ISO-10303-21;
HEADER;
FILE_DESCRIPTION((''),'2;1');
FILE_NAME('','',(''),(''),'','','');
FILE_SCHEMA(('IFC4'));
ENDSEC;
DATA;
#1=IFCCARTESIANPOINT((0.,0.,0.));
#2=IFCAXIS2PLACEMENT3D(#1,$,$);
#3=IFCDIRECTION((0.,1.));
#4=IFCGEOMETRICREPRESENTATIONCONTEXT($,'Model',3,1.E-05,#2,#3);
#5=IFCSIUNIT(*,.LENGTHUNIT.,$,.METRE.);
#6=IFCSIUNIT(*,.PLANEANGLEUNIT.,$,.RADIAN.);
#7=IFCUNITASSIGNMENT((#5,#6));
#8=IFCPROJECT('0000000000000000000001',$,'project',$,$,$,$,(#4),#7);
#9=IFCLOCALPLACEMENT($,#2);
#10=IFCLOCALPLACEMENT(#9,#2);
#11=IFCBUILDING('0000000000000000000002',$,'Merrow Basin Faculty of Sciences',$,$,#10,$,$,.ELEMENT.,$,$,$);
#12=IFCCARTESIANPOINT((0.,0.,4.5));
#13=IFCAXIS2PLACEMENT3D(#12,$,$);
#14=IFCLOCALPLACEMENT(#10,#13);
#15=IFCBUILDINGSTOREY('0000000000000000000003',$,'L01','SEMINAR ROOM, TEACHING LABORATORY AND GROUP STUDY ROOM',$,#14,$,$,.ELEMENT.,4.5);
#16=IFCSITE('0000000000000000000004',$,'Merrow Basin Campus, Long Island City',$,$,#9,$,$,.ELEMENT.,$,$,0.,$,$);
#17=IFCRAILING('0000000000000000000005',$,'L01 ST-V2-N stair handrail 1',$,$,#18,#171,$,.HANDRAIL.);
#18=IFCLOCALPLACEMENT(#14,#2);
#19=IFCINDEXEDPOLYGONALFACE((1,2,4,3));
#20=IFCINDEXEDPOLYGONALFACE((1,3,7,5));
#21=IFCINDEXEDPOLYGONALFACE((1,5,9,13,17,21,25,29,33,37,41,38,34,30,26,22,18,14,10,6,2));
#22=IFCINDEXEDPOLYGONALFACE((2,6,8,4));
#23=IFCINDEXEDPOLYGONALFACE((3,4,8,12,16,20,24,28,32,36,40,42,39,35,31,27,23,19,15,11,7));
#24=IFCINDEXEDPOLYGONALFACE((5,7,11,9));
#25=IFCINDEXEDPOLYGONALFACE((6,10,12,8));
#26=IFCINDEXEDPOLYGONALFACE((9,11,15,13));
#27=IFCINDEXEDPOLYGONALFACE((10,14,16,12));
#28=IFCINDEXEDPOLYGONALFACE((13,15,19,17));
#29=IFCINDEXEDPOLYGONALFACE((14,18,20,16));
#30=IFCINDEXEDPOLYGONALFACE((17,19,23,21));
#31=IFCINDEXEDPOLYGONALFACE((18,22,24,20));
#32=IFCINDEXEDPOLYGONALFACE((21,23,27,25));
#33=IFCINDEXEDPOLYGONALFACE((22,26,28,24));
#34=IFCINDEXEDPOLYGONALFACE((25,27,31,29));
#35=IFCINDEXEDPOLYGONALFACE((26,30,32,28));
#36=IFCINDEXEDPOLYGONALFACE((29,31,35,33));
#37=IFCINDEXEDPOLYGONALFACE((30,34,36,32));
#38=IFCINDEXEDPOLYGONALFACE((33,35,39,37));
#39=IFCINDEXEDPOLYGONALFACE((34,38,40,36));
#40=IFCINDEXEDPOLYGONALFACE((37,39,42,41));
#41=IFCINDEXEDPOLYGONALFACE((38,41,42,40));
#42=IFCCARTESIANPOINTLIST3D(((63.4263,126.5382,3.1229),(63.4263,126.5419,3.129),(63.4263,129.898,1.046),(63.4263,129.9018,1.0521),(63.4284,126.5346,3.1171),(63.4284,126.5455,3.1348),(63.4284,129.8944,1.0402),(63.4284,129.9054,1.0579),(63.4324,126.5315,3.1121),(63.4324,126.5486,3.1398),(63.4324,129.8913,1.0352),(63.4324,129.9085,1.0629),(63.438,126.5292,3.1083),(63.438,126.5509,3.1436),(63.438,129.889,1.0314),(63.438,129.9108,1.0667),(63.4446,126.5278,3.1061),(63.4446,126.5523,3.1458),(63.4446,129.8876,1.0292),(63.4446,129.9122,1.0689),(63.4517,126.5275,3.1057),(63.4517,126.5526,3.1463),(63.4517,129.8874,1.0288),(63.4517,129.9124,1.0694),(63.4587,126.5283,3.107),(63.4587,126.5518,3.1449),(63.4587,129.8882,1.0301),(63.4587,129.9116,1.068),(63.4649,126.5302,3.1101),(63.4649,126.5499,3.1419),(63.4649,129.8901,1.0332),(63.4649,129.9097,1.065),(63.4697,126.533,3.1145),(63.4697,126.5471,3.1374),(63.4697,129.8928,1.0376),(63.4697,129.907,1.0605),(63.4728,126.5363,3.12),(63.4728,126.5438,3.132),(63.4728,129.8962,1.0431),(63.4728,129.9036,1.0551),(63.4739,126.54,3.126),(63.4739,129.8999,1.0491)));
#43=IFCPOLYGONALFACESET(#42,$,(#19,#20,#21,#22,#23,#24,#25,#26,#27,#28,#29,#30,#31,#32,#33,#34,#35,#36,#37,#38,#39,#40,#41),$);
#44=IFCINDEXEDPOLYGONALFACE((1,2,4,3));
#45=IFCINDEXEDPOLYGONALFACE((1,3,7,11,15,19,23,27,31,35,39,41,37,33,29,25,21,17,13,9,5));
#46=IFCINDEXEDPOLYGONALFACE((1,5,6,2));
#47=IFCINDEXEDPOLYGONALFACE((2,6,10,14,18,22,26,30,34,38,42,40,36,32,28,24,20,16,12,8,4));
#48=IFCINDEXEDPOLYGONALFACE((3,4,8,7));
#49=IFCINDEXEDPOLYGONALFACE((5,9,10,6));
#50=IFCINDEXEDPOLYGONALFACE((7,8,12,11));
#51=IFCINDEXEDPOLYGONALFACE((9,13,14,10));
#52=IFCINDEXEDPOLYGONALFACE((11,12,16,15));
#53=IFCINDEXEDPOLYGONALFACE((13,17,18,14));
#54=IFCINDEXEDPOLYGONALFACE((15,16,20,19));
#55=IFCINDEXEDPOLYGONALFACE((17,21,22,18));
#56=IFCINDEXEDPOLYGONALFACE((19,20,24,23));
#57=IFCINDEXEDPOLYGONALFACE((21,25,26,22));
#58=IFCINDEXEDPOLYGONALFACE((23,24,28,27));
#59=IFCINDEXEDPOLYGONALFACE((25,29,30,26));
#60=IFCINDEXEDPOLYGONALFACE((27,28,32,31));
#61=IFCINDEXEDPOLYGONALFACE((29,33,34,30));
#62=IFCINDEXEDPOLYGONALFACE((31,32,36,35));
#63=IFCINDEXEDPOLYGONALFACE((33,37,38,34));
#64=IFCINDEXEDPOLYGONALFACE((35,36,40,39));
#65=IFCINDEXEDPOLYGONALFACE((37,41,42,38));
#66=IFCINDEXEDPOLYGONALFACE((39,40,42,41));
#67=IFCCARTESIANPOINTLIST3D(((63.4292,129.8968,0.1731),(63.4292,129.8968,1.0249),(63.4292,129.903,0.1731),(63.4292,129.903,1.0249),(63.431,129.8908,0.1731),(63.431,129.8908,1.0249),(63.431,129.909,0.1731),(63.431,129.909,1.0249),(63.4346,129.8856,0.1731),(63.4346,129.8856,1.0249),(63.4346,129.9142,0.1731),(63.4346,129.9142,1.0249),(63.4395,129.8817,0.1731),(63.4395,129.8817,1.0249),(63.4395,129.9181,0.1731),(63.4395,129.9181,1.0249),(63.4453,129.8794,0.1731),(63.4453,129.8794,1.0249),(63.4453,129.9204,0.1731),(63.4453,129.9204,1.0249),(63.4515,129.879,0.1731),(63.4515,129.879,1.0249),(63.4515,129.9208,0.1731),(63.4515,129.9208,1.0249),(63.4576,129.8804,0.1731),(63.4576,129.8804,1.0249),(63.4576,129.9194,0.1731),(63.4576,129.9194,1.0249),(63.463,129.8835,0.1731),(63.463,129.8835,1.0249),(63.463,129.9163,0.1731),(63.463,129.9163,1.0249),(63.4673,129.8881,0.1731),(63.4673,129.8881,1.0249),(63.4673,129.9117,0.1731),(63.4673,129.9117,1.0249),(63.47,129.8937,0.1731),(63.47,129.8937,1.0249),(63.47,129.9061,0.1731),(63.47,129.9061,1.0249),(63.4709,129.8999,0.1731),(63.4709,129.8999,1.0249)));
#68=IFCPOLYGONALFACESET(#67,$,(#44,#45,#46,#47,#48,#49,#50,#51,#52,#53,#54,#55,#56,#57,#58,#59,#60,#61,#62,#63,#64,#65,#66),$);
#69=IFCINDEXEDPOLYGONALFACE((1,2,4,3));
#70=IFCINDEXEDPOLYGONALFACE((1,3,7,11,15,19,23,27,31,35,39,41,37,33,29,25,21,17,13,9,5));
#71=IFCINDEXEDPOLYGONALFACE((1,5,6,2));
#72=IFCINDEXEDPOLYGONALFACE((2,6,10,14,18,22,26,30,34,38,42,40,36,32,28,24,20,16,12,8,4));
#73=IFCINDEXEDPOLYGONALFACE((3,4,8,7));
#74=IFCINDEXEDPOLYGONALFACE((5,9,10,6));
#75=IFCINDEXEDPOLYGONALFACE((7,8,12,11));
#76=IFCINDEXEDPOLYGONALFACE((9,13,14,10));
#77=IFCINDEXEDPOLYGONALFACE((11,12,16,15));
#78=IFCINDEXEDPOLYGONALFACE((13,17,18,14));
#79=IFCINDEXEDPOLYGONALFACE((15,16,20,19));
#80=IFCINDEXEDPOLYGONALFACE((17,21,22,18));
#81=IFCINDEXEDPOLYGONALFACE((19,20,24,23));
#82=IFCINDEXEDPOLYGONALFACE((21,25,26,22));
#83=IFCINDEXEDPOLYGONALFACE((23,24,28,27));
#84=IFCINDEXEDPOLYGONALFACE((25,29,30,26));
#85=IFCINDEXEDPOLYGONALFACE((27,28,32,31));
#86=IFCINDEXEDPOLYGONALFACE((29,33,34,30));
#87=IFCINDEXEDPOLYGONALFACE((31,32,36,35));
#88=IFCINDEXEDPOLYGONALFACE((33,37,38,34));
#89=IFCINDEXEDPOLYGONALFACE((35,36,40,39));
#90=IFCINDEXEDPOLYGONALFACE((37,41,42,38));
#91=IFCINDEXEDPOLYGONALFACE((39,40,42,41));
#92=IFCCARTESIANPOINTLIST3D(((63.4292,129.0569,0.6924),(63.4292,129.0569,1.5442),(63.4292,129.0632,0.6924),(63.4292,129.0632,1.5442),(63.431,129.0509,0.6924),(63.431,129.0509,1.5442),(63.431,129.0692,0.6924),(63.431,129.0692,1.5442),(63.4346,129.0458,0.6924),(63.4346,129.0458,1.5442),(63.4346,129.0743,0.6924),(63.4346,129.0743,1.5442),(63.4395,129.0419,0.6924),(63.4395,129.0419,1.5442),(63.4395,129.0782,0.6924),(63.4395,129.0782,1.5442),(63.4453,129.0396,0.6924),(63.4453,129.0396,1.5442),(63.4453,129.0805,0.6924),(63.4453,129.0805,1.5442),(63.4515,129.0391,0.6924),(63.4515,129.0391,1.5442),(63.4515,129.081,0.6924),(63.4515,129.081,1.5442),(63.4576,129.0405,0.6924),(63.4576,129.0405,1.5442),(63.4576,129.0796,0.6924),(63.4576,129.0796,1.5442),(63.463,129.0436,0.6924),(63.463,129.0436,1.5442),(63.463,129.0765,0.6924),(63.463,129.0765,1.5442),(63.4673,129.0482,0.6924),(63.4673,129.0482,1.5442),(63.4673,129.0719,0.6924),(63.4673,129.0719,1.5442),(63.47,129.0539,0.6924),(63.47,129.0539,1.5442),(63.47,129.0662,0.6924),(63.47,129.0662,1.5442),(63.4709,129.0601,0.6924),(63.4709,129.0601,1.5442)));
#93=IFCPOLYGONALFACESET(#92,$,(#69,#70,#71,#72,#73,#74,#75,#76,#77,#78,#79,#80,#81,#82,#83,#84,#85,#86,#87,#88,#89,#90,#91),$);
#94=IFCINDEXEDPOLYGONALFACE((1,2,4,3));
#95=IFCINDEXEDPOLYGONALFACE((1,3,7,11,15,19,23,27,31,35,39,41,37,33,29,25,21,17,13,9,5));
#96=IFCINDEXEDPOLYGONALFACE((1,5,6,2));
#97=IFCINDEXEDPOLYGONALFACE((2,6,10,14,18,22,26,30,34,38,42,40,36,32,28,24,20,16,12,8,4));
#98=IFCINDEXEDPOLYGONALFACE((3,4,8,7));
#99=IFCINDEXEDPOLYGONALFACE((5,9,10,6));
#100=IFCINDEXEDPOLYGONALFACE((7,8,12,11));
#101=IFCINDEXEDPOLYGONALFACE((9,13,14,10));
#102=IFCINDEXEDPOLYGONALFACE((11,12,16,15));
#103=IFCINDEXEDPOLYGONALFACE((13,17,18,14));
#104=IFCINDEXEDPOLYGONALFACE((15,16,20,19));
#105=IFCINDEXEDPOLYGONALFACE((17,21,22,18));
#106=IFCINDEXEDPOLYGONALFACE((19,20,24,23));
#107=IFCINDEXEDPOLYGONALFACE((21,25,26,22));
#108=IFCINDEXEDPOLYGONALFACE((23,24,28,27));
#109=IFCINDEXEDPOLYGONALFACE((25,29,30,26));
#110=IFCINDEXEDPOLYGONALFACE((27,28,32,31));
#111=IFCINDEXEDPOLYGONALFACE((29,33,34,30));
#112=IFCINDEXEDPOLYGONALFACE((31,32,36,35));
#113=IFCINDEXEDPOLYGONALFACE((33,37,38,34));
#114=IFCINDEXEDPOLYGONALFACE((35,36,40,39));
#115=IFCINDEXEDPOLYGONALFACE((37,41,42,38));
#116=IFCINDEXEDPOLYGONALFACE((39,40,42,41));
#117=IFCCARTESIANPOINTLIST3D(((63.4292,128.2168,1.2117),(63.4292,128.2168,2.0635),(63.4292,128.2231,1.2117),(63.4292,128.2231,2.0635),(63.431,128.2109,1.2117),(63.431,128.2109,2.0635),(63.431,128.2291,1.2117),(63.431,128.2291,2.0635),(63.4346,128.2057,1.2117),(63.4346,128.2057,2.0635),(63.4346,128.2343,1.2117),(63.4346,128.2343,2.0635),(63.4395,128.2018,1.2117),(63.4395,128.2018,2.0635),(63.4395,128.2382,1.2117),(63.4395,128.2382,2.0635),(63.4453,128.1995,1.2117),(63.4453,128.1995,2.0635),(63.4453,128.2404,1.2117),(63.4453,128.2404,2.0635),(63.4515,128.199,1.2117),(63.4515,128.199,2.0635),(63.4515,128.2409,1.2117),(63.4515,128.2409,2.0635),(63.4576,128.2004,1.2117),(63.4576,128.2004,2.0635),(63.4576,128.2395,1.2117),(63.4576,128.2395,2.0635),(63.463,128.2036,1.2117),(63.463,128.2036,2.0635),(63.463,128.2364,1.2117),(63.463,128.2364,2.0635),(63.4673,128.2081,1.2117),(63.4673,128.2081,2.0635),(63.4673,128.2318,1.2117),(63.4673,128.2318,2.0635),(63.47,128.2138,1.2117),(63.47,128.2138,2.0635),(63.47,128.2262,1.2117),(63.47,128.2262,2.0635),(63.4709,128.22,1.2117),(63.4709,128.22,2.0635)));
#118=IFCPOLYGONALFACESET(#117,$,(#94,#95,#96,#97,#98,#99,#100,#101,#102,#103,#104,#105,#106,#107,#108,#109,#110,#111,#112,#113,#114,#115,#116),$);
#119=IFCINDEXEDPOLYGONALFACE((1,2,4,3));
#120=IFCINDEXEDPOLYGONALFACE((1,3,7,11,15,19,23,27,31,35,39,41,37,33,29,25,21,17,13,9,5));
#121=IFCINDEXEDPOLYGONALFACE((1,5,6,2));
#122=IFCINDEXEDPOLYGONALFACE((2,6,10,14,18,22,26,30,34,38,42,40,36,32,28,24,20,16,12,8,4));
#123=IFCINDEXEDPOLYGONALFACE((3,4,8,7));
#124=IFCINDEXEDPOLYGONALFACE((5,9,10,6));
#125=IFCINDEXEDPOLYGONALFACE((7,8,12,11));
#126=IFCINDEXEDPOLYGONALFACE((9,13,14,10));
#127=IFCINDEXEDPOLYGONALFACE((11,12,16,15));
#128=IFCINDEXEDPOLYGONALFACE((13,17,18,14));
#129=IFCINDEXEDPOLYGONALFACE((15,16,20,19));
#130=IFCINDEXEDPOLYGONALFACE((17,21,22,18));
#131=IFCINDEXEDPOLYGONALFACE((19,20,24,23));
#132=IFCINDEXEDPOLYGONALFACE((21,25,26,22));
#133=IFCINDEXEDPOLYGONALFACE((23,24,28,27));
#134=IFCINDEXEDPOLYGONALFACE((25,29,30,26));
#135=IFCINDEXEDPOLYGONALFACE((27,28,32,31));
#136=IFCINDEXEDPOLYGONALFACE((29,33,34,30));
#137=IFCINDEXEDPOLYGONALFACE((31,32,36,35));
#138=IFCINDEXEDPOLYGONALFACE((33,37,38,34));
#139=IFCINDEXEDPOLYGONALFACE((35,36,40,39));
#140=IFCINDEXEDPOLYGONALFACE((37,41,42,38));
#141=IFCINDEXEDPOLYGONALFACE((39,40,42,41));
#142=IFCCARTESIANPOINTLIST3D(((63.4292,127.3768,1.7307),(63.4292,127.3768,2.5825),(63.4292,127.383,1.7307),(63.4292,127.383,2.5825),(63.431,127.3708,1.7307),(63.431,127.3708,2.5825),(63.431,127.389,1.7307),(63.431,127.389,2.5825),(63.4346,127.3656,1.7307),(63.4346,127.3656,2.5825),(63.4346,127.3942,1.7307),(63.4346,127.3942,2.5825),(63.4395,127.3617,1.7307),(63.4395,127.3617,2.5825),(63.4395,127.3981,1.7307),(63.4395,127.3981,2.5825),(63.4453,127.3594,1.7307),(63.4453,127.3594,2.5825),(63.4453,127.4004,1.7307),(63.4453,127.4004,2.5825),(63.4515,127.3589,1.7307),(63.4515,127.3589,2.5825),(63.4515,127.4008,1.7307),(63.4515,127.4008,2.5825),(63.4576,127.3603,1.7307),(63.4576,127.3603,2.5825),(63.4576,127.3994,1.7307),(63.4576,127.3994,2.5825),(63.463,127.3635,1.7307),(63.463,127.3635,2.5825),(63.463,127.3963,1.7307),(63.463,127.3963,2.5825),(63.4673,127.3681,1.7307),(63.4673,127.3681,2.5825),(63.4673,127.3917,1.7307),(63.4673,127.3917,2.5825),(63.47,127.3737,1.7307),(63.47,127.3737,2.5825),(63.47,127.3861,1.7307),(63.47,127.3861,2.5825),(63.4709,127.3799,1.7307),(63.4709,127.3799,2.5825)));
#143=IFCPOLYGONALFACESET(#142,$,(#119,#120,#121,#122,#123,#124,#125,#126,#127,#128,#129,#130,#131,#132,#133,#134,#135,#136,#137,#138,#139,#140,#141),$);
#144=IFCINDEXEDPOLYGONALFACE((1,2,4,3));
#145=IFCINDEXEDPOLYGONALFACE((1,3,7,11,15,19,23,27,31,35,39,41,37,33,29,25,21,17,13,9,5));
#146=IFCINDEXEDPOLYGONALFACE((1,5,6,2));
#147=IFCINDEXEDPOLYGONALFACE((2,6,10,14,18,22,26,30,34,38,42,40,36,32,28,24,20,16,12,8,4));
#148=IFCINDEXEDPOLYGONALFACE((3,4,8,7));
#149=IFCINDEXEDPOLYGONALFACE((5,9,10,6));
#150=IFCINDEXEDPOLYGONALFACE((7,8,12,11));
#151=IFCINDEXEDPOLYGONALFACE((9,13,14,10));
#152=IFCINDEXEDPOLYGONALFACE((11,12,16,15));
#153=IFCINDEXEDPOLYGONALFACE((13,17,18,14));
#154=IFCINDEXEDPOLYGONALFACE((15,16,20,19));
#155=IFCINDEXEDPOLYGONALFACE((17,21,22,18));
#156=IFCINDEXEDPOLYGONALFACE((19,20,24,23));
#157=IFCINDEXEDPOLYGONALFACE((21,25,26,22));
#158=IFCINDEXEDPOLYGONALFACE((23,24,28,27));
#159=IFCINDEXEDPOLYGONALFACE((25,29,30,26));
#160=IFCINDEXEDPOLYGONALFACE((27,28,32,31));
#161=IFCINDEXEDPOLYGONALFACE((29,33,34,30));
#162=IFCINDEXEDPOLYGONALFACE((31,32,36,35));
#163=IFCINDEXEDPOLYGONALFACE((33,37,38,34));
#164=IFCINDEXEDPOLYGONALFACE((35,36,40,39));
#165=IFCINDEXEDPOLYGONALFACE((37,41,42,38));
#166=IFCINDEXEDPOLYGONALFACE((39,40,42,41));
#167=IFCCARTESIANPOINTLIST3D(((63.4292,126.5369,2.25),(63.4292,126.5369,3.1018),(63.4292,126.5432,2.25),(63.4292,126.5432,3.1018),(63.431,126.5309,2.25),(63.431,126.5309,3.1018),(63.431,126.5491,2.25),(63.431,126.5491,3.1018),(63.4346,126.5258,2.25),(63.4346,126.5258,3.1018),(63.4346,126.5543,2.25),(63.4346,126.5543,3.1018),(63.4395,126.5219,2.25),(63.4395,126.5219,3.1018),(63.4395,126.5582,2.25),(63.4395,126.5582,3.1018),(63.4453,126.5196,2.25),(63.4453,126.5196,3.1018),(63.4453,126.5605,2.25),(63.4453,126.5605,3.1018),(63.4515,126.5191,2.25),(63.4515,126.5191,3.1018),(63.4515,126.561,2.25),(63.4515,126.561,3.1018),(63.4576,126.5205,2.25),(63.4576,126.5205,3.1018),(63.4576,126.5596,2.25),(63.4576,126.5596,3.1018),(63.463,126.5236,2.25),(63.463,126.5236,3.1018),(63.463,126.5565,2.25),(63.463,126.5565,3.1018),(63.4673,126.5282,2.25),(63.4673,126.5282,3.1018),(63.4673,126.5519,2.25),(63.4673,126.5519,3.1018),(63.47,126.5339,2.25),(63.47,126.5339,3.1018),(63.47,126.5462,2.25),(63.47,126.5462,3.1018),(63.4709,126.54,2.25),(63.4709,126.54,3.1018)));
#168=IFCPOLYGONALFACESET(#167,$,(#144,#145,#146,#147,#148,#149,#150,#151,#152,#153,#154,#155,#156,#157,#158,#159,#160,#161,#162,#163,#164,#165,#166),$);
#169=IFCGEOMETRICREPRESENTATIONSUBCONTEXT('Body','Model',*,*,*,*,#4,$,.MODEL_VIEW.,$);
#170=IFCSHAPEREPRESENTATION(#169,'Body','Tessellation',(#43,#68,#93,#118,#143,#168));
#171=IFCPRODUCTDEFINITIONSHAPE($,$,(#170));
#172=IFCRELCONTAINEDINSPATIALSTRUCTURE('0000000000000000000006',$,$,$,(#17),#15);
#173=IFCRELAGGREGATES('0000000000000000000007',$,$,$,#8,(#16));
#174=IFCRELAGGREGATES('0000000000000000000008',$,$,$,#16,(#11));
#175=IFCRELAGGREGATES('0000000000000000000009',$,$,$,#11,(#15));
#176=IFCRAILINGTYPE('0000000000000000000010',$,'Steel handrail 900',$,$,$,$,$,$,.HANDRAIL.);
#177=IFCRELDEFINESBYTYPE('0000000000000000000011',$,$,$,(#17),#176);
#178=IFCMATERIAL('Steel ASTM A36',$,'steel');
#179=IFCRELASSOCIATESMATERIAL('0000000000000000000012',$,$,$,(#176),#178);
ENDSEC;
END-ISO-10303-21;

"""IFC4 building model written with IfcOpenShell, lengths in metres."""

from ifc_helpers import new_model, si_unit, direction, frame, origin, origin_2d, place, context, subcontext, project, spatial, circle, extrude, material, type_object, element, save


model = new_model("IFC4")

# Units and contexts
model_context = context("Model", 3, precision=1e-05, world=origin(), true_north=direction((0.0, 1.0)))
body_context = subcontext(model_context, "Body", "Model", "MODEL_VIEW")
ifc_project = project(units=[si_unit("LENGTHUNIT", "METRE"), si_unit("PLANEANGLEUNIT", "RADIAN")], contexts=[model_context])

# Site, building, storey
site_placement = place(None, origin())
site = spatial("IfcSite", under=ifc_project, at=site_placement, Name="Merrow Basin Campus, Long Island City", CompositionType="ELEMENT", RefElevation=0.0)
building_placement = place(site_placement, origin())
building = spatial("IfcBuilding", under=site, at=building_placement, Name="Merrow Basin Faculty of Sciences", CompositionType="ELEMENT")
storey_placement = place(building_placement, frame((0.0, 0.0, 4.5)))
storey = spatial("IfcBuildingStorey", under=building, at=storey_placement, Name="L01", Description="SEMINAR ROOM, TEACHING LABORATORY AND GROUP STUDY ROOM", CompositionType="ELEMENT", Elevation=4.5)

# Railing
ifc_material_1 = material(Name="Steel ASTM A36", Category="steel")
railing_type_1 = type_object("IfcRailingType", Name="Steel handrail 900", PredefinedType="HANDRAIL", material=ifc_material_1)
railing_1_placement = place(storey_placement, frame((63.45, 129.8999, 0.1731)))
element("IfcRailing", 1, at=railing_1_placement, inside=storey, type_object=railing_type_1, Name="L01 ST-V2-N stair handrail 1", PredefinedType="HANDRAIL", context=body_context, shape_type="SweptSolid", body=[
    extrude(circle(Radius=0.0239, at=origin_2d()), frame((0.0, 0.0, 0.876), z_axis=(0.0, -0.850606, 0.525803), x_axis=(1.0, 0.0, 0.0)), (0.0, 0.0, 1.0), 3.95),
    extrude(circle(Radius=0.021, at=origin_2d()), origin(), (0.0, 0.0, 1.0), 0.8518),
    extrude(circle(Radius=0.021, at=origin_2d()), frame((0.0, -0.8398, 0.5193)), (0.0, 0.0, 1.0), 0.8518),
    extrude(circle(Radius=0.021, at=origin_2d()), frame((0.0, -1.6799, 1.0386)), (0.0, 0.0, 1.0), 0.8518),
    extrude(circle(Radius=0.021, at=origin_2d()), frame((0.0, -2.52, 1.5576)), (0.0, 0.0, 1.0), 0.8518),
    extrude(circle(Radius=0.021, at=origin_2d()), frame((0.0, -3.3599, 2.0769)), (0.0, 0.0, 1.0), 0.8518),
])

save(model, "model.ifc")
